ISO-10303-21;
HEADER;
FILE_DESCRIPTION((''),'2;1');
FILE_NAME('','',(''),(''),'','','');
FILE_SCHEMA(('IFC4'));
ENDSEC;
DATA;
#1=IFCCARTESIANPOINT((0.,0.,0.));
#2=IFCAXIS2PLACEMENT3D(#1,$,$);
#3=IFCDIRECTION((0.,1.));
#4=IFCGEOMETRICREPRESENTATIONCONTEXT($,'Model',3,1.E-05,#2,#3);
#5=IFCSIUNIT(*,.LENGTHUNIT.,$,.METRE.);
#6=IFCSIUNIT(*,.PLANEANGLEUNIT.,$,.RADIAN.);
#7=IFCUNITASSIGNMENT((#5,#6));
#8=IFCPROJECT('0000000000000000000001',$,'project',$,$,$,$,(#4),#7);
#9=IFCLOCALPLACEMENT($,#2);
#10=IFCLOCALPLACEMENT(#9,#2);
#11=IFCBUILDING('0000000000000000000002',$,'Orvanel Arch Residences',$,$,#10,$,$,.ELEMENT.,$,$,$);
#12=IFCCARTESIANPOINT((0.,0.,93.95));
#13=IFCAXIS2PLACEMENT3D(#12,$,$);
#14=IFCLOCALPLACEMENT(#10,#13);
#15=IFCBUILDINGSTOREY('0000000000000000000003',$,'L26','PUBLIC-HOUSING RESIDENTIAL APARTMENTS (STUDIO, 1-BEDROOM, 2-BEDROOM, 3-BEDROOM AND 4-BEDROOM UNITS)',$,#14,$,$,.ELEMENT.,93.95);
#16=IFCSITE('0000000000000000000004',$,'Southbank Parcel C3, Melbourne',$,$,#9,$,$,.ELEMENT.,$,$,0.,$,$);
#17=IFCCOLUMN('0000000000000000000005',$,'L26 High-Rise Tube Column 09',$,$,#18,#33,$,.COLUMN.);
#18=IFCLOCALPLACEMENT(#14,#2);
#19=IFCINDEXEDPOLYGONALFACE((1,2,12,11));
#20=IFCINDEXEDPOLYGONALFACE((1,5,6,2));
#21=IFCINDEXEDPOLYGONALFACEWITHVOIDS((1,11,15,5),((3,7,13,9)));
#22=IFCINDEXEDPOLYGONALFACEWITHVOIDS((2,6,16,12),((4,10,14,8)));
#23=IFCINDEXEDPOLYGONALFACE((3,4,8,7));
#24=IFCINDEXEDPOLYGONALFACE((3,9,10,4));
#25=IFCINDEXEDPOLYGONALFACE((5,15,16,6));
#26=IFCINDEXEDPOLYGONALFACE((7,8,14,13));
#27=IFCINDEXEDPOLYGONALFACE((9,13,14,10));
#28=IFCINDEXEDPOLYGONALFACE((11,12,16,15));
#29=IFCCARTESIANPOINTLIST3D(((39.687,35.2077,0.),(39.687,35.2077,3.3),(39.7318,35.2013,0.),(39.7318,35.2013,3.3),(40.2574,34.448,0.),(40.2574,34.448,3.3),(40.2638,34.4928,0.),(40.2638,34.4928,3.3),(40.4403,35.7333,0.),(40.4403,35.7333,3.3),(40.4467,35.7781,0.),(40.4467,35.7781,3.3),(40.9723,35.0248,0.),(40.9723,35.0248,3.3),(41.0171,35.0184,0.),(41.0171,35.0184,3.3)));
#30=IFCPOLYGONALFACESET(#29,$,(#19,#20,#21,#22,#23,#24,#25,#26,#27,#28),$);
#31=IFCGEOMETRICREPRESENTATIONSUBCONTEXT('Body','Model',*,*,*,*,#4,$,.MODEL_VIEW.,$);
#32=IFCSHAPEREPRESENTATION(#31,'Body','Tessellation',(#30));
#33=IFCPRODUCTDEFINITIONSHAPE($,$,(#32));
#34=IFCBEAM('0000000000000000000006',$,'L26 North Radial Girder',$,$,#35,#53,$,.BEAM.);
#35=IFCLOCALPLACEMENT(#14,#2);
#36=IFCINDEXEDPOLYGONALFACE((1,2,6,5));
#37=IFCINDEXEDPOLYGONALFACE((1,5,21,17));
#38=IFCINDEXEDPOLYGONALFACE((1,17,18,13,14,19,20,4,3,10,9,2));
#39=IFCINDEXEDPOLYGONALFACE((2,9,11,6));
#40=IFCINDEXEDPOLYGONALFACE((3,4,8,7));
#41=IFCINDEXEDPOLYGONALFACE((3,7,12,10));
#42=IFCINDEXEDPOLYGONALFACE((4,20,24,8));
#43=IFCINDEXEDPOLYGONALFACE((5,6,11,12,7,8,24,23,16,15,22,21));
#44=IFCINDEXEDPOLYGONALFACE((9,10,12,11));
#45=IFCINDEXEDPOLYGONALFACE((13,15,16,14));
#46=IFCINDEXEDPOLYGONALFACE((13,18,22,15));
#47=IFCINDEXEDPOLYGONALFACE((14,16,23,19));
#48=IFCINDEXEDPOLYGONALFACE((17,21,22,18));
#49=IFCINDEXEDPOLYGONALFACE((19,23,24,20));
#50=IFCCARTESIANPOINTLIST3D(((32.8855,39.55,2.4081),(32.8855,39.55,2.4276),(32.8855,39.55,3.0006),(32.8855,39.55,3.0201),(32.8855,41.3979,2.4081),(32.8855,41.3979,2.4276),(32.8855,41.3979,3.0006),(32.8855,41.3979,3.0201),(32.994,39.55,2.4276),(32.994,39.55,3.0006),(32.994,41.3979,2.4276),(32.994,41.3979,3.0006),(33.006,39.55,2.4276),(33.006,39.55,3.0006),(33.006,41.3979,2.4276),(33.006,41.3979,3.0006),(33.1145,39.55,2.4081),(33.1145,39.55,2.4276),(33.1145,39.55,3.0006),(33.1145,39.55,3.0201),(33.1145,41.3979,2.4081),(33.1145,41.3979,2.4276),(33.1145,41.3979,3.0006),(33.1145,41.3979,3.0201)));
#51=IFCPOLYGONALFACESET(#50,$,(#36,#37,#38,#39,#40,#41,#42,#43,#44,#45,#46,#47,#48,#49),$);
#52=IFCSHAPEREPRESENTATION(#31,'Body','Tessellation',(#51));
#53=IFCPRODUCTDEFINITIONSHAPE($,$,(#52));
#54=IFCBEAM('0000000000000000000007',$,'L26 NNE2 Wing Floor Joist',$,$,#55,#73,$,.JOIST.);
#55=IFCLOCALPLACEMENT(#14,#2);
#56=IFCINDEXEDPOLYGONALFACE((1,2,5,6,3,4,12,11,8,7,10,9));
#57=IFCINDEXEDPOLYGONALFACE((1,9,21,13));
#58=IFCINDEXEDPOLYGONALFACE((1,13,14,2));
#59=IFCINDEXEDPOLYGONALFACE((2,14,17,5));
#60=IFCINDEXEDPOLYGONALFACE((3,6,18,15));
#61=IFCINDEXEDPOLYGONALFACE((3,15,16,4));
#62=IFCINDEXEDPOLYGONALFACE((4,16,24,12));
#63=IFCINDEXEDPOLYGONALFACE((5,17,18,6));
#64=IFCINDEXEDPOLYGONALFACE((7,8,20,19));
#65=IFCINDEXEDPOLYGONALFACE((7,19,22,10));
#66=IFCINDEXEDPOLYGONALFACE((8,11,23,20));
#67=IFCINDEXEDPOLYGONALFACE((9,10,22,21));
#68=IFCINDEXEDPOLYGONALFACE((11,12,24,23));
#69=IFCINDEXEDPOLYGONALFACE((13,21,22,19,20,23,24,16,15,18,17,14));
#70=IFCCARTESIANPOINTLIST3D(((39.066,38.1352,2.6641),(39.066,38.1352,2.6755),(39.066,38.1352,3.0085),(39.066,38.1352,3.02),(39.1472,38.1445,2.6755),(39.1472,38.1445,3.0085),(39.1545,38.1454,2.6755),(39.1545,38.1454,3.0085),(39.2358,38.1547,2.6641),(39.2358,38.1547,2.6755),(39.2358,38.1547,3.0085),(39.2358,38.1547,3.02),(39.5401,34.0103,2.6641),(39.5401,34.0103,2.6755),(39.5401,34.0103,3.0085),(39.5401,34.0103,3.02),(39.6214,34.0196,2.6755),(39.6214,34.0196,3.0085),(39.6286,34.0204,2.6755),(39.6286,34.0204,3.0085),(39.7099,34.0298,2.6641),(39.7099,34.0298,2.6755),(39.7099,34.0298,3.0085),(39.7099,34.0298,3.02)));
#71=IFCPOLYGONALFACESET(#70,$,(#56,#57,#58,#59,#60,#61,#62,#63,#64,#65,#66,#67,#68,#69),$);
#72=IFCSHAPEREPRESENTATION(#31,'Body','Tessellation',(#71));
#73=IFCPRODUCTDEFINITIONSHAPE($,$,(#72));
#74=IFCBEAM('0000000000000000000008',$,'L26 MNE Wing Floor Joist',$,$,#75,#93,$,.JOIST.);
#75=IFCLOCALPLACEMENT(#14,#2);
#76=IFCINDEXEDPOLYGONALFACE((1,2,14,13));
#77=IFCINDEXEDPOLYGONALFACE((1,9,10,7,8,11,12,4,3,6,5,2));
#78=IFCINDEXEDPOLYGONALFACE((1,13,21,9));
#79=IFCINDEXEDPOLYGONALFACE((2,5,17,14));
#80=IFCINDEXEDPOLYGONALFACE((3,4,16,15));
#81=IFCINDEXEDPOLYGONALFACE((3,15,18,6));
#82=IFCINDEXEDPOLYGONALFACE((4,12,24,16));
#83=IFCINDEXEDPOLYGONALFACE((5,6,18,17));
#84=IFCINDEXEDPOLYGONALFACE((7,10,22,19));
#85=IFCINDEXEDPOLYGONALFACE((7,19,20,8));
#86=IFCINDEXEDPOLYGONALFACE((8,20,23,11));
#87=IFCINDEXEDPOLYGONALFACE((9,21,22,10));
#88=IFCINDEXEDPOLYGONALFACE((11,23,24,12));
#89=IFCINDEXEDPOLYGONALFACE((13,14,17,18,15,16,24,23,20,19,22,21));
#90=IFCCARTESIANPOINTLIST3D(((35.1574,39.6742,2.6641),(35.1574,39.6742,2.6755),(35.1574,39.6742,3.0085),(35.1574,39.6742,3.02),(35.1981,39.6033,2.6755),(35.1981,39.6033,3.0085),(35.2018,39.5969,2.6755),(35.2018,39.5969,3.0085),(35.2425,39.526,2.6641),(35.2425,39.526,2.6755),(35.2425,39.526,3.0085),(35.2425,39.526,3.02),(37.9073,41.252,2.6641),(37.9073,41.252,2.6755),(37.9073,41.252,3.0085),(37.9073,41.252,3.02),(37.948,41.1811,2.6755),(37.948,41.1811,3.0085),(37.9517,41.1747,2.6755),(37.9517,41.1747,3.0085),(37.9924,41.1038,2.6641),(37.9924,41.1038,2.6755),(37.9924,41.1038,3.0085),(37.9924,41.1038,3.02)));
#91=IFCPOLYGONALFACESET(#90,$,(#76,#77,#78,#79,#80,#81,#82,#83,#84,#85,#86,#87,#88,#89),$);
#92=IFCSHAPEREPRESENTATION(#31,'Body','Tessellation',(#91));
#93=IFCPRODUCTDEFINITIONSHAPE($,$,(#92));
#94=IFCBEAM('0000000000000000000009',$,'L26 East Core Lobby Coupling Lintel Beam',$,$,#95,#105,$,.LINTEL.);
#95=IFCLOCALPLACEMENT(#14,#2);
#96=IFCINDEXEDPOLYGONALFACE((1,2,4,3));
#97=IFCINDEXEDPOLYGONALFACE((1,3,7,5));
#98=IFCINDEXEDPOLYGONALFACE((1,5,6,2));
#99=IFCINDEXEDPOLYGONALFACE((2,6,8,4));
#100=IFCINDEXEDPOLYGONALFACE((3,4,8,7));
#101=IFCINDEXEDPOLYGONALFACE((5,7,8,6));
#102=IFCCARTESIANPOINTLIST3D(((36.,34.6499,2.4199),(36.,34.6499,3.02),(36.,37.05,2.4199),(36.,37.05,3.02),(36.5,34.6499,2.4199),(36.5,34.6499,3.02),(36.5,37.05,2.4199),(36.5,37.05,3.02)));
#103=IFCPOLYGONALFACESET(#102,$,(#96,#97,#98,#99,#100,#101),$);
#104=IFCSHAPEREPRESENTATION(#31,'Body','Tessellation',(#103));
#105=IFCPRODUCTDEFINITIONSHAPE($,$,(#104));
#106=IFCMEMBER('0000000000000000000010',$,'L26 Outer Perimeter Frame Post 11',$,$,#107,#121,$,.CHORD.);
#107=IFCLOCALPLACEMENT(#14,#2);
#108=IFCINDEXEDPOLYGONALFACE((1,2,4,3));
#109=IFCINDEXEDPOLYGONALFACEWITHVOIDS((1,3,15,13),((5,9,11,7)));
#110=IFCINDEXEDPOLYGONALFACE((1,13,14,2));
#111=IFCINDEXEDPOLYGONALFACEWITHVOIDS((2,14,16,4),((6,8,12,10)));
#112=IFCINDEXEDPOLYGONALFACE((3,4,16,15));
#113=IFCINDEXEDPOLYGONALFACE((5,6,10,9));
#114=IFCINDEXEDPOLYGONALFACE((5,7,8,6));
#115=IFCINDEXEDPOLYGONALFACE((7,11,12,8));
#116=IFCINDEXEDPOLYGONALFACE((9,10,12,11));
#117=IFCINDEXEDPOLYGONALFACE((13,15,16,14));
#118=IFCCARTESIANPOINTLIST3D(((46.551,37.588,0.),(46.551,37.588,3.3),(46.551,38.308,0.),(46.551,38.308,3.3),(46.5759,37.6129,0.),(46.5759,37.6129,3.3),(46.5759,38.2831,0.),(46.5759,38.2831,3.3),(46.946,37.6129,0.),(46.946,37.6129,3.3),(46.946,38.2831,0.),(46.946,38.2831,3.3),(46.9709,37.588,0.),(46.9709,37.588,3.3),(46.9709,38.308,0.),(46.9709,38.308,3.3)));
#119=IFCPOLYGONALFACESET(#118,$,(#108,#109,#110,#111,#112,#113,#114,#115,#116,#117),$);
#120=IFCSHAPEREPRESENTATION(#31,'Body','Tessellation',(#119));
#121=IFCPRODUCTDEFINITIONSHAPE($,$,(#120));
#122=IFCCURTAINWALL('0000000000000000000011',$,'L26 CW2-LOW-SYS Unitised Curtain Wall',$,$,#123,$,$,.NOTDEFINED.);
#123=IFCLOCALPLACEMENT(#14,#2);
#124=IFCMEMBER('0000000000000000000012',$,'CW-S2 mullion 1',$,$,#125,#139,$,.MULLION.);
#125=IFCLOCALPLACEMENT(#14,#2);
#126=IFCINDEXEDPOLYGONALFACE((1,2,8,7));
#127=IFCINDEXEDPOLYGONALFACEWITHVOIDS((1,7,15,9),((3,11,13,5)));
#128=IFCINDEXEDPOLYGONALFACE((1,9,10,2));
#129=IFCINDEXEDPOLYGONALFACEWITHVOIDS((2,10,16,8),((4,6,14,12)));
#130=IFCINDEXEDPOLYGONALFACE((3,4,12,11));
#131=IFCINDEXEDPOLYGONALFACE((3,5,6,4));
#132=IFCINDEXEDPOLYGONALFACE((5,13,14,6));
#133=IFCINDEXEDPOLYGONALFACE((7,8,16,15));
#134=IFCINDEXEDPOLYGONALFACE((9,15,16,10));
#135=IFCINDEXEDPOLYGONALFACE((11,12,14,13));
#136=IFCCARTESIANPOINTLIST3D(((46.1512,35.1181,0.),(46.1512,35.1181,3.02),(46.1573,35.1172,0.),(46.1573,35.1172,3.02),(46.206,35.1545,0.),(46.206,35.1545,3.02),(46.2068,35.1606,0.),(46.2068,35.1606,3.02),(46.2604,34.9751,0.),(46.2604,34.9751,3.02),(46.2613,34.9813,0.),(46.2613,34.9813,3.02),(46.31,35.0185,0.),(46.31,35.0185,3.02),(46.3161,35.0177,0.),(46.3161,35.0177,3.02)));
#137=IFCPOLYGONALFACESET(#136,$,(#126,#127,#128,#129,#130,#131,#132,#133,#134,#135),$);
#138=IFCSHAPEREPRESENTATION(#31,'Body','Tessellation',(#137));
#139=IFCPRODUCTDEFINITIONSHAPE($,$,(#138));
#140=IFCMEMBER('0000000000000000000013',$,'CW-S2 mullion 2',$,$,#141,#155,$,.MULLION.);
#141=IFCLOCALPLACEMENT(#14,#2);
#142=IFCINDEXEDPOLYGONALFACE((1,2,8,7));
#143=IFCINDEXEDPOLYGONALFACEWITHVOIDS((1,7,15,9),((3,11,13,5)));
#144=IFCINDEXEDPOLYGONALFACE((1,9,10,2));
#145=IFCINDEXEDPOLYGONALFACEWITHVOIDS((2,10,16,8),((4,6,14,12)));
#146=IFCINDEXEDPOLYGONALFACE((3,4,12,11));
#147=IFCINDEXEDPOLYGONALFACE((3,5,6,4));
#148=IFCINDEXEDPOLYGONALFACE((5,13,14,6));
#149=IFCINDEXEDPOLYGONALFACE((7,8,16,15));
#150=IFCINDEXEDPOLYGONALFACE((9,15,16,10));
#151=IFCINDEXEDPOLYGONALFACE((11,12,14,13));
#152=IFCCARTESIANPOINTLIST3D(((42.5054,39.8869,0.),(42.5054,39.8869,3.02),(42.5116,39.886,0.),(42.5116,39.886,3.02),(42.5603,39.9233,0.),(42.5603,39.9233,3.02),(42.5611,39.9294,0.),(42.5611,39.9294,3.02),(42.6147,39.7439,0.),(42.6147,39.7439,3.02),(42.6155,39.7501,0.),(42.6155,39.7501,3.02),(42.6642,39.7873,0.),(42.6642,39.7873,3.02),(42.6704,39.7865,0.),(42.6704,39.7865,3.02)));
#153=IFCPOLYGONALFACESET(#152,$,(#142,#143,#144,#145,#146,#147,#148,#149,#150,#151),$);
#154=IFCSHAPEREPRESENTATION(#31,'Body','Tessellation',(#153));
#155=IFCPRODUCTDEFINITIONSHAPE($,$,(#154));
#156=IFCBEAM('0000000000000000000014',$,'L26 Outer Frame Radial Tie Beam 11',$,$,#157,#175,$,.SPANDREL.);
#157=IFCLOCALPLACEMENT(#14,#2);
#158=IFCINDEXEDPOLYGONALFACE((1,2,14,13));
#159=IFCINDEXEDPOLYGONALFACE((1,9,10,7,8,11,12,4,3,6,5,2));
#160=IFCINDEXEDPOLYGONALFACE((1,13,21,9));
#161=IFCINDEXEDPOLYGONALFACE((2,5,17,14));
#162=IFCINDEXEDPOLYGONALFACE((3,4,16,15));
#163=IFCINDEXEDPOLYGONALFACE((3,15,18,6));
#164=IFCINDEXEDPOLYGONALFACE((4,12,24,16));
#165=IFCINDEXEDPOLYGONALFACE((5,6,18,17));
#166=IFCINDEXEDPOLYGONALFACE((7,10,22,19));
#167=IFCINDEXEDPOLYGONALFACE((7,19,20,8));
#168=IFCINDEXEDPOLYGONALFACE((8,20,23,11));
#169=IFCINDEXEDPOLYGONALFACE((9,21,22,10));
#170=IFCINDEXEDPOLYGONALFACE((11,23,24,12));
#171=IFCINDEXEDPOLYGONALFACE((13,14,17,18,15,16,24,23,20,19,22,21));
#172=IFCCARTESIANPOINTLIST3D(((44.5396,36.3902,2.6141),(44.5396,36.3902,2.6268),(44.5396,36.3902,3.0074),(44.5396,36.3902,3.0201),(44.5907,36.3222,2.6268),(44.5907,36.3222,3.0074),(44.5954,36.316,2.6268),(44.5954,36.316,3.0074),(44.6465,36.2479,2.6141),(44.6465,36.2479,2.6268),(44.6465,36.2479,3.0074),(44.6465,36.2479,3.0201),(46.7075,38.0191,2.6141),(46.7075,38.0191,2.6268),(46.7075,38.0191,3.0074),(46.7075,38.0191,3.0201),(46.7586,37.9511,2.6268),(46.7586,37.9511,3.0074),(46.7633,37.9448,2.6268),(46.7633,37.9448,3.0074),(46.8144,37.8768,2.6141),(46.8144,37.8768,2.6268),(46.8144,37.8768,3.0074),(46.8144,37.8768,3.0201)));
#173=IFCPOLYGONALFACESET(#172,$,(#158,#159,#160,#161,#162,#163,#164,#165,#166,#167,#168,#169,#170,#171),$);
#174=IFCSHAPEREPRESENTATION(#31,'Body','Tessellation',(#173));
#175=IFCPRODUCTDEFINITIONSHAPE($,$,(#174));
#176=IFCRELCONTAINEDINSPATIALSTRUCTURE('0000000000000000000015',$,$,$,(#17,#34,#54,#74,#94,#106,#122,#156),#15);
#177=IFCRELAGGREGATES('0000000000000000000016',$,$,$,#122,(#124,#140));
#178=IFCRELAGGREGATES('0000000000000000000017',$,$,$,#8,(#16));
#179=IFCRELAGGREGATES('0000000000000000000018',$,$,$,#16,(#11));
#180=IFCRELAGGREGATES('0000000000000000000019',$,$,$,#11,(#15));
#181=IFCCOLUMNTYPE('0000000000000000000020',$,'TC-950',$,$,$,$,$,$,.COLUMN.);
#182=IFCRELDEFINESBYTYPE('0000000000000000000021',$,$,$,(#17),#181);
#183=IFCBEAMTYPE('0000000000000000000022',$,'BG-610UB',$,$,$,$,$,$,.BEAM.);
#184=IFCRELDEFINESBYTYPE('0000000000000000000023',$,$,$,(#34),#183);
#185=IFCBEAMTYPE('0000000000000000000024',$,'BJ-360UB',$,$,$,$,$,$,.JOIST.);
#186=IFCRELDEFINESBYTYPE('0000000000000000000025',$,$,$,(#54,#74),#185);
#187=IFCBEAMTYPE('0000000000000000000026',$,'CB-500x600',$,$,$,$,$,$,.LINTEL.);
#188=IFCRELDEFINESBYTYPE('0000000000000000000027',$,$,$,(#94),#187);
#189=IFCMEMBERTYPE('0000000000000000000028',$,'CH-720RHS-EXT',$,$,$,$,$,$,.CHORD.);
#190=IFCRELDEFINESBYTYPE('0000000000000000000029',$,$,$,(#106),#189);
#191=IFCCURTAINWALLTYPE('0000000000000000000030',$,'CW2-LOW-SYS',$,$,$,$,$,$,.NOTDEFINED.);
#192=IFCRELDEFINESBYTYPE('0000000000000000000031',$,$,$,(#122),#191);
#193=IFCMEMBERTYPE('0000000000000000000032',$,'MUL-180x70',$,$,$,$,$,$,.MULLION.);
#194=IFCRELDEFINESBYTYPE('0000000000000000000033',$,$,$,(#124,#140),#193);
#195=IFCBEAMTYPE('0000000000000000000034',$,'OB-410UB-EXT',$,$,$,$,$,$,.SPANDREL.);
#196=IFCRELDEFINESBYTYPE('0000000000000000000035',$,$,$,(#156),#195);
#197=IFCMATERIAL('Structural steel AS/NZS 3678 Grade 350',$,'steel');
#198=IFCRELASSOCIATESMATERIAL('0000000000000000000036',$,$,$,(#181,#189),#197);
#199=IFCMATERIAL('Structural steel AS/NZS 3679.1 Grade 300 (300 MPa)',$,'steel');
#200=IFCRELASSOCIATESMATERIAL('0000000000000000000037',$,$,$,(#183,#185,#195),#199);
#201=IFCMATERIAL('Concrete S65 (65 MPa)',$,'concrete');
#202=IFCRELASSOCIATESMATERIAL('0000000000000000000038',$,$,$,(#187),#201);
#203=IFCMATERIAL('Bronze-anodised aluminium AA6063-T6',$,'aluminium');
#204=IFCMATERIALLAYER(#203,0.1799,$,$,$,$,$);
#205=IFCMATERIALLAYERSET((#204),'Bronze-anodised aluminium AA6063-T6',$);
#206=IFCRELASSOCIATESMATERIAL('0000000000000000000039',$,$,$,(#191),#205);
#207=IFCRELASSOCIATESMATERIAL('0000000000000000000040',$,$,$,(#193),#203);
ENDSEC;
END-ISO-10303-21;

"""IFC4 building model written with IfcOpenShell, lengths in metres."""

from ifc_helpers import new_model, si_unit, direction, frame, origin, origin_2d, place, context, subcontext, project, spatial, rectangle, hollow_rectangle, i_section, extrude, material, layer, layer_set, material_profile, profile_set, type_object, element, aggregate, save


model = new_model("IFC4")

# Units and contexts
model_context = context("Model", 3, precision=1e-05, world=origin(), true_north=direction((0.0, 1.0)))
body_context = subcontext(model_context, "Body", "Model", "MODEL_VIEW")
ifc_project = project(units=[si_unit("LENGTHUNIT", "METRE"), si_unit("PLANEANGLEUNIT", "RADIAN")], contexts=[model_context])

# Site, building, storey
site_placement = place(None, origin())
site = spatial("IfcSite", under=ifc_project, at=site_placement, Name="Southbank Parcel C3, Melbourne", CompositionType="ELEMENT", RefElevation=0.0)
building_placement = place(site_placement, origin())
building = spatial("IfcBuilding", under=site, at=building_placement, Name="Orvanel Arch Residences", CompositionType="ELEMENT")
storey_placement = place(building_placement, frame((0.0, 0.0, 93.95)))
storey = spatial("IfcBuildingStorey", under=building, at=storey_placement, Name="L26", Description="PUBLIC-HOUSING RESIDENTIAL APARTMENTS (STUDIO, 1-BEDROOM, 2-BEDROOM, 3-BEDROOM AND 4-BEDROOM UNITS)", CompositionType="ELEMENT", Elevation=93.95)

# Column
ifc_material_1 = material(Name="Structural steel AS/NZS 3678 Grade 350", Category="steel")
ifc_material_profile_1 = material_profile(ifc_material_1, hollow_rectangle(XDim=0.95, YDim=0.95, WallThickness=0.032, at=origin_2d()), Name="BOX950x950x32")
ifc_profile_set_1 = profile_set([ifc_material_profile_1], Name="Structural steel AS/NZS 3678 Grade 350")
column_type = type_object("IfcColumnType", Name="TC-950", PredefinedType="COLUMN", material=ifc_profile_set_1)
column_placement = place(storey_placement, frame((40.3521, 35.113, 0.0), z_axis=(0.0, 0.0, 1.0), x_axis=(-0.60042, 0.799685, 0.0)))
element("IfcColumn", 1, at=column_placement, inside=storey, type_object=column_type, Name="L26 High-Rise Tube Column 09", PredefinedType="COLUMN", context=body_context, shape_type="SweptSolid", body=[
    extrude(hollow_rectangle(XDim=0.95, YDim=0.95, WallThickness=0.032, at=origin_2d()), origin(), (0.0, 0.0, 1.0), 3.3),
])

# Beams
ifc_material_2 = material(Name="Structural steel AS/NZS 3679.1 Grade 300 (300 MPa)", Category="steel")
ifc_material_profile_2 = material_profile(ifc_material_2, i_section(OverallWidth=0.229, OverallDepth=0.6121, WebThickness=0.012, FlangeThickness=0.0195, at=origin_2d()), Name="610UB125")
ifc_profile_set_2 = profile_set([ifc_material_profile_2], Name="Structural steel AS/NZS 3679.1 Grade 300 (300 MPa)")
beam_type_1 = type_object("IfcBeamType", Name="BG-610UB", PredefinedType="BEAM", material=ifc_profile_set_2)
beam_1_placement = place(storey_placement, frame((33.0, 39.55, 2.7141), z_axis=(0.0, 1.0, 0.0), x_axis=(-1.0, 0.0, 0.0)))
element("IfcBeam", 2, at=beam_1_placement, inside=storey, type_object=beam_type_1, Name="L26 North Radial Girder", PredefinedType="BEAM", context=body_context, shape_type="SweptSolid", body=[
    extrude(i_section(OverallWidth=0.229, OverallDepth=0.6121, WebThickness=0.012, FlangeThickness=0.0195, at=origin_2d()), origin(), (0.0, 0.0, 1.0), 1.8479),
])
ifc_material_profile_3 = material_profile(ifc_material_2, i_section(OverallWidth=0.1709, OverallDepth=0.356, WebThickness=0.0073, FlangeThickness=0.0115, at=origin_2d()), Name="360UB50.7")
ifc_profile_set_3 = profile_set([ifc_material_profile_3], Name="Structural steel AS/NZS 3679.1 Grade 300 (300 MPa)")
beam_type_2 = type_object("IfcBeamType", Name="BJ-360UB", PredefinedType="JOIST", material=ifc_profile_set_3)
beam_2_placement = place(storey_placement, frame((39.625, 34.02, 2.842), z_axis=(-0.114187, 0.993459, 0.0), x_axis=(-0.993459, -0.114187, 0.0)))
element("IfcBeam", 3, at=beam_2_placement, inside=storey, type_object=beam_type_2, Name="L26 NNE2 Wing Floor Joist", PredefinedType="JOIST", context=body_context, shape_type="SweptSolid", body=[
    extrude(i_section(OverallWidth=0.1709, OverallDepth=0.356, WebThickness=0.0073, FlangeThickness=0.0115, at=origin_2d()), origin(), (0.0, 0.0, 1.0), 4.1521),
])
beam_3_placement = place(storey_placement, frame((35.2, 39.6001, 2.842), z_axis=(0.867365, 0.497672, 0.0), x_axis=(-0.497672, 0.867365, 0.0)))
element("IfcBeam", 4, at=beam_3_placement, inside=storey, type_object=beam_type_2, Name="L26 MNE Wing Floor Joist", PredefinedType="JOIST", context=body_context, shape_type="SweptSolid", body=[
    extrude(i_section(OverallWidth=0.1709, OverallDepth=0.356, WebThickness=0.0073, FlangeThickness=0.0115, at=origin_2d()), origin(), (0.0, 0.0, 1.0), 3.1704),
])
ifc_material_3 = material(Name="Concrete S65 (65 MPa)", Category="concrete")
ifc_material_profile_4 = material_profile(ifc_material_3, rectangle(XDim=0.5, YDim=0.6001, at=origin_2d()), Name="RC500x600")
ifc_profile_set_4 = profile_set([ifc_material_profile_4], Name="Concrete S65 (65 MPa)")
beam_type_3 = type_object("IfcBeamType", Name="CB-500x600", PredefinedType="LINTEL", material=ifc_profile_set_4)
beam_4_placement = place(storey_placement, frame((36.25, 34.6499, 2.72), z_axis=(0.0, 1.0, 0.0), x_axis=(-1.0, 0.0, 0.0)))
element("IfcBeam", 5, at=beam_4_placement, inside=storey, type_object=beam_type_3, Name="L26 East Core Lobby Coupling Lintel Beam", PredefinedType="LINTEL", context=body_context, shape_type="SweptSolid", body=[
    extrude(rectangle(XDim=0.5, YDim=0.6001, at=origin_2d()), origin(), (0.0, 0.0, 1.0), 2.4001),
])

# Member
ifc_material_profile_5 = material_profile(ifc_material_1, hollow_rectangle(XDim=0.4199, YDim=0.72, WallThickness=0.0249, at=origin_2d()), Name="RHS720x420x25")
ifc_profile_set_5 = profile_set([ifc_material_profile_5], Name="Structural steel AS/NZS 3678 Grade 350")
member_type_1 = type_object("IfcMemberType", Name="CH-720RHS-EXT", PredefinedType="CHORD", material=ifc_profile_set_5)
member_1_placement = place(storey_placement, frame((46.761, 37.948, 0.0), z_axis=(0.0, 0.0, 1.0), x_axis=(1.0, 0.0, 0.0)))
element("IfcMember", 6, at=member_1_placement, inside=storey, type_object=member_type_1, Name="L26 Outer Perimeter Frame Post 11", PredefinedType="CHORD", context=body_context, shape_type="SweptSolid", body=[
    extrude(hollow_rectangle(XDim=0.4199, YDim=0.72, WallThickness=0.0249, at=origin_2d()), origin(), (0.0, 0.0, 1.0), 3.3),
])

# Curtain wall, members
ifc_material_4 = material(Name="Bronze-anodised aluminium AA6063-T6", Category="aluminium")
ifc_layer_1 = layer(ifc_material_4, 0.1799)
ifc_layer_set_1 = layer_set([ifc_layer_1], Name="Bronze-anodised aluminium AA6063-T6")
curtain_wall_type = type_object("IfcCurtainWallType", Name="CW2-LOW-SYS", PredefinedType="NOTDEFINED", material=ifc_layer_set_1)
curtain_wall_placement = place(storey_placement, origin())
curtain_wall = element("IfcCurtainWall", 7, at=curtain_wall_placement, inside=storey, type_object=curtain_wall_type, Name="L26 CW2-LOW-SYS Unitised Curtain Wall", PredefinedType="NOTDEFINED")
ifc_material_profile_6 = material_profile(ifc_material_4, hollow_rectangle(XDim=0.0701, YDim=0.1799, WallThickness=0.0044, at=origin_2d()), Name="ALU180x70x4.5")
ifc_profile_set_6 = profile_set([ifc_material_profile_6], Name="Bronze-anodised aluminium AA6063-T6")
member_type_2 = type_object("IfcMemberType", Name="MUL-180x70", PredefinedType="MULLION", material=ifc_profile_set_6)
member_2_placement = place(storey_placement, frame((46.2336, 35.0679, 0.0), z_axis=(0.0, 0.0, 1.0), x_axis=(-0.794441, -0.607341, 0.0)))
member_2 = element("IfcMember", 8, at=member_2_placement, type_object=member_type_2, Name="CW-S2 mullion 1", PredefinedType="MULLION", context=body_context, shape_type="SweptSolid", body=[
    extrude(hollow_rectangle(XDim=0.0701, YDim=0.1799, WallThickness=0.0044, at=origin_2d()), origin(), (0.0, 0.0, 1.0), 3.02),
])
member_3_placement = place(storey_placement, frame((42.5879, 39.8367, 0.0), z_axis=(0.0, 0.0, 1.0), x_axis=(-0.794441, -0.607341, 0.0)))
member_3 = element("IfcMember", 9, at=member_3_placement, type_object=member_type_2, Name="CW-S2 mullion 2", PredefinedType="MULLION", context=body_context, shape_type="SweptSolid", body=[
    extrude(hollow_rectangle(XDim=0.0701, YDim=0.1799, WallThickness=0.0044, at=origin_2d()), origin(), (0.0, 0.0, 1.0), 3.02),
])

# Beam
ifc_material_profile_7 = material_profile(ifc_material_2, i_section(OverallWidth=0.178, OverallDepth=0.406, WebThickness=0.0078, FlangeThickness=0.0127, at=origin_2d()), Name="410UB59.7")
ifc_profile_set_7 = profile_set([ifc_material_profile_7], Name="Structural steel AS/NZS 3679.1 Grade 300 (300 MPa)")
beam_type_4 = type_object("IfcBeamType", Name="OB-410UB-EXT", PredefinedType="SPANDREL", material=ifc_profile_set_7)
beam_5_placement = place(storey_placement, frame((44.593, 36.3191, 2.8171), z_axis=(0.799481, 0.600691, 0.0), x_axis=(-0.600691, 0.799481, 0.0)))
element("IfcBeam", 10, at=beam_5_placement, inside=storey, type_object=beam_type_4, Name="L26 Outer Frame Radial Tie Beam 11", PredefinedType="SPANDREL", context=body_context, shape_type="SweptSolid", body=[
    extrude(i_section(OverallWidth=0.178, OverallDepth=0.406, WebThickness=0.0078, FlangeThickness=0.0127, at=origin_2d()), origin(), (0.0, 0.0, 1.0), 2.7117),
])

aggregate(curtain_wall, [member_2, member_3])

save(model, "model.ifc")
